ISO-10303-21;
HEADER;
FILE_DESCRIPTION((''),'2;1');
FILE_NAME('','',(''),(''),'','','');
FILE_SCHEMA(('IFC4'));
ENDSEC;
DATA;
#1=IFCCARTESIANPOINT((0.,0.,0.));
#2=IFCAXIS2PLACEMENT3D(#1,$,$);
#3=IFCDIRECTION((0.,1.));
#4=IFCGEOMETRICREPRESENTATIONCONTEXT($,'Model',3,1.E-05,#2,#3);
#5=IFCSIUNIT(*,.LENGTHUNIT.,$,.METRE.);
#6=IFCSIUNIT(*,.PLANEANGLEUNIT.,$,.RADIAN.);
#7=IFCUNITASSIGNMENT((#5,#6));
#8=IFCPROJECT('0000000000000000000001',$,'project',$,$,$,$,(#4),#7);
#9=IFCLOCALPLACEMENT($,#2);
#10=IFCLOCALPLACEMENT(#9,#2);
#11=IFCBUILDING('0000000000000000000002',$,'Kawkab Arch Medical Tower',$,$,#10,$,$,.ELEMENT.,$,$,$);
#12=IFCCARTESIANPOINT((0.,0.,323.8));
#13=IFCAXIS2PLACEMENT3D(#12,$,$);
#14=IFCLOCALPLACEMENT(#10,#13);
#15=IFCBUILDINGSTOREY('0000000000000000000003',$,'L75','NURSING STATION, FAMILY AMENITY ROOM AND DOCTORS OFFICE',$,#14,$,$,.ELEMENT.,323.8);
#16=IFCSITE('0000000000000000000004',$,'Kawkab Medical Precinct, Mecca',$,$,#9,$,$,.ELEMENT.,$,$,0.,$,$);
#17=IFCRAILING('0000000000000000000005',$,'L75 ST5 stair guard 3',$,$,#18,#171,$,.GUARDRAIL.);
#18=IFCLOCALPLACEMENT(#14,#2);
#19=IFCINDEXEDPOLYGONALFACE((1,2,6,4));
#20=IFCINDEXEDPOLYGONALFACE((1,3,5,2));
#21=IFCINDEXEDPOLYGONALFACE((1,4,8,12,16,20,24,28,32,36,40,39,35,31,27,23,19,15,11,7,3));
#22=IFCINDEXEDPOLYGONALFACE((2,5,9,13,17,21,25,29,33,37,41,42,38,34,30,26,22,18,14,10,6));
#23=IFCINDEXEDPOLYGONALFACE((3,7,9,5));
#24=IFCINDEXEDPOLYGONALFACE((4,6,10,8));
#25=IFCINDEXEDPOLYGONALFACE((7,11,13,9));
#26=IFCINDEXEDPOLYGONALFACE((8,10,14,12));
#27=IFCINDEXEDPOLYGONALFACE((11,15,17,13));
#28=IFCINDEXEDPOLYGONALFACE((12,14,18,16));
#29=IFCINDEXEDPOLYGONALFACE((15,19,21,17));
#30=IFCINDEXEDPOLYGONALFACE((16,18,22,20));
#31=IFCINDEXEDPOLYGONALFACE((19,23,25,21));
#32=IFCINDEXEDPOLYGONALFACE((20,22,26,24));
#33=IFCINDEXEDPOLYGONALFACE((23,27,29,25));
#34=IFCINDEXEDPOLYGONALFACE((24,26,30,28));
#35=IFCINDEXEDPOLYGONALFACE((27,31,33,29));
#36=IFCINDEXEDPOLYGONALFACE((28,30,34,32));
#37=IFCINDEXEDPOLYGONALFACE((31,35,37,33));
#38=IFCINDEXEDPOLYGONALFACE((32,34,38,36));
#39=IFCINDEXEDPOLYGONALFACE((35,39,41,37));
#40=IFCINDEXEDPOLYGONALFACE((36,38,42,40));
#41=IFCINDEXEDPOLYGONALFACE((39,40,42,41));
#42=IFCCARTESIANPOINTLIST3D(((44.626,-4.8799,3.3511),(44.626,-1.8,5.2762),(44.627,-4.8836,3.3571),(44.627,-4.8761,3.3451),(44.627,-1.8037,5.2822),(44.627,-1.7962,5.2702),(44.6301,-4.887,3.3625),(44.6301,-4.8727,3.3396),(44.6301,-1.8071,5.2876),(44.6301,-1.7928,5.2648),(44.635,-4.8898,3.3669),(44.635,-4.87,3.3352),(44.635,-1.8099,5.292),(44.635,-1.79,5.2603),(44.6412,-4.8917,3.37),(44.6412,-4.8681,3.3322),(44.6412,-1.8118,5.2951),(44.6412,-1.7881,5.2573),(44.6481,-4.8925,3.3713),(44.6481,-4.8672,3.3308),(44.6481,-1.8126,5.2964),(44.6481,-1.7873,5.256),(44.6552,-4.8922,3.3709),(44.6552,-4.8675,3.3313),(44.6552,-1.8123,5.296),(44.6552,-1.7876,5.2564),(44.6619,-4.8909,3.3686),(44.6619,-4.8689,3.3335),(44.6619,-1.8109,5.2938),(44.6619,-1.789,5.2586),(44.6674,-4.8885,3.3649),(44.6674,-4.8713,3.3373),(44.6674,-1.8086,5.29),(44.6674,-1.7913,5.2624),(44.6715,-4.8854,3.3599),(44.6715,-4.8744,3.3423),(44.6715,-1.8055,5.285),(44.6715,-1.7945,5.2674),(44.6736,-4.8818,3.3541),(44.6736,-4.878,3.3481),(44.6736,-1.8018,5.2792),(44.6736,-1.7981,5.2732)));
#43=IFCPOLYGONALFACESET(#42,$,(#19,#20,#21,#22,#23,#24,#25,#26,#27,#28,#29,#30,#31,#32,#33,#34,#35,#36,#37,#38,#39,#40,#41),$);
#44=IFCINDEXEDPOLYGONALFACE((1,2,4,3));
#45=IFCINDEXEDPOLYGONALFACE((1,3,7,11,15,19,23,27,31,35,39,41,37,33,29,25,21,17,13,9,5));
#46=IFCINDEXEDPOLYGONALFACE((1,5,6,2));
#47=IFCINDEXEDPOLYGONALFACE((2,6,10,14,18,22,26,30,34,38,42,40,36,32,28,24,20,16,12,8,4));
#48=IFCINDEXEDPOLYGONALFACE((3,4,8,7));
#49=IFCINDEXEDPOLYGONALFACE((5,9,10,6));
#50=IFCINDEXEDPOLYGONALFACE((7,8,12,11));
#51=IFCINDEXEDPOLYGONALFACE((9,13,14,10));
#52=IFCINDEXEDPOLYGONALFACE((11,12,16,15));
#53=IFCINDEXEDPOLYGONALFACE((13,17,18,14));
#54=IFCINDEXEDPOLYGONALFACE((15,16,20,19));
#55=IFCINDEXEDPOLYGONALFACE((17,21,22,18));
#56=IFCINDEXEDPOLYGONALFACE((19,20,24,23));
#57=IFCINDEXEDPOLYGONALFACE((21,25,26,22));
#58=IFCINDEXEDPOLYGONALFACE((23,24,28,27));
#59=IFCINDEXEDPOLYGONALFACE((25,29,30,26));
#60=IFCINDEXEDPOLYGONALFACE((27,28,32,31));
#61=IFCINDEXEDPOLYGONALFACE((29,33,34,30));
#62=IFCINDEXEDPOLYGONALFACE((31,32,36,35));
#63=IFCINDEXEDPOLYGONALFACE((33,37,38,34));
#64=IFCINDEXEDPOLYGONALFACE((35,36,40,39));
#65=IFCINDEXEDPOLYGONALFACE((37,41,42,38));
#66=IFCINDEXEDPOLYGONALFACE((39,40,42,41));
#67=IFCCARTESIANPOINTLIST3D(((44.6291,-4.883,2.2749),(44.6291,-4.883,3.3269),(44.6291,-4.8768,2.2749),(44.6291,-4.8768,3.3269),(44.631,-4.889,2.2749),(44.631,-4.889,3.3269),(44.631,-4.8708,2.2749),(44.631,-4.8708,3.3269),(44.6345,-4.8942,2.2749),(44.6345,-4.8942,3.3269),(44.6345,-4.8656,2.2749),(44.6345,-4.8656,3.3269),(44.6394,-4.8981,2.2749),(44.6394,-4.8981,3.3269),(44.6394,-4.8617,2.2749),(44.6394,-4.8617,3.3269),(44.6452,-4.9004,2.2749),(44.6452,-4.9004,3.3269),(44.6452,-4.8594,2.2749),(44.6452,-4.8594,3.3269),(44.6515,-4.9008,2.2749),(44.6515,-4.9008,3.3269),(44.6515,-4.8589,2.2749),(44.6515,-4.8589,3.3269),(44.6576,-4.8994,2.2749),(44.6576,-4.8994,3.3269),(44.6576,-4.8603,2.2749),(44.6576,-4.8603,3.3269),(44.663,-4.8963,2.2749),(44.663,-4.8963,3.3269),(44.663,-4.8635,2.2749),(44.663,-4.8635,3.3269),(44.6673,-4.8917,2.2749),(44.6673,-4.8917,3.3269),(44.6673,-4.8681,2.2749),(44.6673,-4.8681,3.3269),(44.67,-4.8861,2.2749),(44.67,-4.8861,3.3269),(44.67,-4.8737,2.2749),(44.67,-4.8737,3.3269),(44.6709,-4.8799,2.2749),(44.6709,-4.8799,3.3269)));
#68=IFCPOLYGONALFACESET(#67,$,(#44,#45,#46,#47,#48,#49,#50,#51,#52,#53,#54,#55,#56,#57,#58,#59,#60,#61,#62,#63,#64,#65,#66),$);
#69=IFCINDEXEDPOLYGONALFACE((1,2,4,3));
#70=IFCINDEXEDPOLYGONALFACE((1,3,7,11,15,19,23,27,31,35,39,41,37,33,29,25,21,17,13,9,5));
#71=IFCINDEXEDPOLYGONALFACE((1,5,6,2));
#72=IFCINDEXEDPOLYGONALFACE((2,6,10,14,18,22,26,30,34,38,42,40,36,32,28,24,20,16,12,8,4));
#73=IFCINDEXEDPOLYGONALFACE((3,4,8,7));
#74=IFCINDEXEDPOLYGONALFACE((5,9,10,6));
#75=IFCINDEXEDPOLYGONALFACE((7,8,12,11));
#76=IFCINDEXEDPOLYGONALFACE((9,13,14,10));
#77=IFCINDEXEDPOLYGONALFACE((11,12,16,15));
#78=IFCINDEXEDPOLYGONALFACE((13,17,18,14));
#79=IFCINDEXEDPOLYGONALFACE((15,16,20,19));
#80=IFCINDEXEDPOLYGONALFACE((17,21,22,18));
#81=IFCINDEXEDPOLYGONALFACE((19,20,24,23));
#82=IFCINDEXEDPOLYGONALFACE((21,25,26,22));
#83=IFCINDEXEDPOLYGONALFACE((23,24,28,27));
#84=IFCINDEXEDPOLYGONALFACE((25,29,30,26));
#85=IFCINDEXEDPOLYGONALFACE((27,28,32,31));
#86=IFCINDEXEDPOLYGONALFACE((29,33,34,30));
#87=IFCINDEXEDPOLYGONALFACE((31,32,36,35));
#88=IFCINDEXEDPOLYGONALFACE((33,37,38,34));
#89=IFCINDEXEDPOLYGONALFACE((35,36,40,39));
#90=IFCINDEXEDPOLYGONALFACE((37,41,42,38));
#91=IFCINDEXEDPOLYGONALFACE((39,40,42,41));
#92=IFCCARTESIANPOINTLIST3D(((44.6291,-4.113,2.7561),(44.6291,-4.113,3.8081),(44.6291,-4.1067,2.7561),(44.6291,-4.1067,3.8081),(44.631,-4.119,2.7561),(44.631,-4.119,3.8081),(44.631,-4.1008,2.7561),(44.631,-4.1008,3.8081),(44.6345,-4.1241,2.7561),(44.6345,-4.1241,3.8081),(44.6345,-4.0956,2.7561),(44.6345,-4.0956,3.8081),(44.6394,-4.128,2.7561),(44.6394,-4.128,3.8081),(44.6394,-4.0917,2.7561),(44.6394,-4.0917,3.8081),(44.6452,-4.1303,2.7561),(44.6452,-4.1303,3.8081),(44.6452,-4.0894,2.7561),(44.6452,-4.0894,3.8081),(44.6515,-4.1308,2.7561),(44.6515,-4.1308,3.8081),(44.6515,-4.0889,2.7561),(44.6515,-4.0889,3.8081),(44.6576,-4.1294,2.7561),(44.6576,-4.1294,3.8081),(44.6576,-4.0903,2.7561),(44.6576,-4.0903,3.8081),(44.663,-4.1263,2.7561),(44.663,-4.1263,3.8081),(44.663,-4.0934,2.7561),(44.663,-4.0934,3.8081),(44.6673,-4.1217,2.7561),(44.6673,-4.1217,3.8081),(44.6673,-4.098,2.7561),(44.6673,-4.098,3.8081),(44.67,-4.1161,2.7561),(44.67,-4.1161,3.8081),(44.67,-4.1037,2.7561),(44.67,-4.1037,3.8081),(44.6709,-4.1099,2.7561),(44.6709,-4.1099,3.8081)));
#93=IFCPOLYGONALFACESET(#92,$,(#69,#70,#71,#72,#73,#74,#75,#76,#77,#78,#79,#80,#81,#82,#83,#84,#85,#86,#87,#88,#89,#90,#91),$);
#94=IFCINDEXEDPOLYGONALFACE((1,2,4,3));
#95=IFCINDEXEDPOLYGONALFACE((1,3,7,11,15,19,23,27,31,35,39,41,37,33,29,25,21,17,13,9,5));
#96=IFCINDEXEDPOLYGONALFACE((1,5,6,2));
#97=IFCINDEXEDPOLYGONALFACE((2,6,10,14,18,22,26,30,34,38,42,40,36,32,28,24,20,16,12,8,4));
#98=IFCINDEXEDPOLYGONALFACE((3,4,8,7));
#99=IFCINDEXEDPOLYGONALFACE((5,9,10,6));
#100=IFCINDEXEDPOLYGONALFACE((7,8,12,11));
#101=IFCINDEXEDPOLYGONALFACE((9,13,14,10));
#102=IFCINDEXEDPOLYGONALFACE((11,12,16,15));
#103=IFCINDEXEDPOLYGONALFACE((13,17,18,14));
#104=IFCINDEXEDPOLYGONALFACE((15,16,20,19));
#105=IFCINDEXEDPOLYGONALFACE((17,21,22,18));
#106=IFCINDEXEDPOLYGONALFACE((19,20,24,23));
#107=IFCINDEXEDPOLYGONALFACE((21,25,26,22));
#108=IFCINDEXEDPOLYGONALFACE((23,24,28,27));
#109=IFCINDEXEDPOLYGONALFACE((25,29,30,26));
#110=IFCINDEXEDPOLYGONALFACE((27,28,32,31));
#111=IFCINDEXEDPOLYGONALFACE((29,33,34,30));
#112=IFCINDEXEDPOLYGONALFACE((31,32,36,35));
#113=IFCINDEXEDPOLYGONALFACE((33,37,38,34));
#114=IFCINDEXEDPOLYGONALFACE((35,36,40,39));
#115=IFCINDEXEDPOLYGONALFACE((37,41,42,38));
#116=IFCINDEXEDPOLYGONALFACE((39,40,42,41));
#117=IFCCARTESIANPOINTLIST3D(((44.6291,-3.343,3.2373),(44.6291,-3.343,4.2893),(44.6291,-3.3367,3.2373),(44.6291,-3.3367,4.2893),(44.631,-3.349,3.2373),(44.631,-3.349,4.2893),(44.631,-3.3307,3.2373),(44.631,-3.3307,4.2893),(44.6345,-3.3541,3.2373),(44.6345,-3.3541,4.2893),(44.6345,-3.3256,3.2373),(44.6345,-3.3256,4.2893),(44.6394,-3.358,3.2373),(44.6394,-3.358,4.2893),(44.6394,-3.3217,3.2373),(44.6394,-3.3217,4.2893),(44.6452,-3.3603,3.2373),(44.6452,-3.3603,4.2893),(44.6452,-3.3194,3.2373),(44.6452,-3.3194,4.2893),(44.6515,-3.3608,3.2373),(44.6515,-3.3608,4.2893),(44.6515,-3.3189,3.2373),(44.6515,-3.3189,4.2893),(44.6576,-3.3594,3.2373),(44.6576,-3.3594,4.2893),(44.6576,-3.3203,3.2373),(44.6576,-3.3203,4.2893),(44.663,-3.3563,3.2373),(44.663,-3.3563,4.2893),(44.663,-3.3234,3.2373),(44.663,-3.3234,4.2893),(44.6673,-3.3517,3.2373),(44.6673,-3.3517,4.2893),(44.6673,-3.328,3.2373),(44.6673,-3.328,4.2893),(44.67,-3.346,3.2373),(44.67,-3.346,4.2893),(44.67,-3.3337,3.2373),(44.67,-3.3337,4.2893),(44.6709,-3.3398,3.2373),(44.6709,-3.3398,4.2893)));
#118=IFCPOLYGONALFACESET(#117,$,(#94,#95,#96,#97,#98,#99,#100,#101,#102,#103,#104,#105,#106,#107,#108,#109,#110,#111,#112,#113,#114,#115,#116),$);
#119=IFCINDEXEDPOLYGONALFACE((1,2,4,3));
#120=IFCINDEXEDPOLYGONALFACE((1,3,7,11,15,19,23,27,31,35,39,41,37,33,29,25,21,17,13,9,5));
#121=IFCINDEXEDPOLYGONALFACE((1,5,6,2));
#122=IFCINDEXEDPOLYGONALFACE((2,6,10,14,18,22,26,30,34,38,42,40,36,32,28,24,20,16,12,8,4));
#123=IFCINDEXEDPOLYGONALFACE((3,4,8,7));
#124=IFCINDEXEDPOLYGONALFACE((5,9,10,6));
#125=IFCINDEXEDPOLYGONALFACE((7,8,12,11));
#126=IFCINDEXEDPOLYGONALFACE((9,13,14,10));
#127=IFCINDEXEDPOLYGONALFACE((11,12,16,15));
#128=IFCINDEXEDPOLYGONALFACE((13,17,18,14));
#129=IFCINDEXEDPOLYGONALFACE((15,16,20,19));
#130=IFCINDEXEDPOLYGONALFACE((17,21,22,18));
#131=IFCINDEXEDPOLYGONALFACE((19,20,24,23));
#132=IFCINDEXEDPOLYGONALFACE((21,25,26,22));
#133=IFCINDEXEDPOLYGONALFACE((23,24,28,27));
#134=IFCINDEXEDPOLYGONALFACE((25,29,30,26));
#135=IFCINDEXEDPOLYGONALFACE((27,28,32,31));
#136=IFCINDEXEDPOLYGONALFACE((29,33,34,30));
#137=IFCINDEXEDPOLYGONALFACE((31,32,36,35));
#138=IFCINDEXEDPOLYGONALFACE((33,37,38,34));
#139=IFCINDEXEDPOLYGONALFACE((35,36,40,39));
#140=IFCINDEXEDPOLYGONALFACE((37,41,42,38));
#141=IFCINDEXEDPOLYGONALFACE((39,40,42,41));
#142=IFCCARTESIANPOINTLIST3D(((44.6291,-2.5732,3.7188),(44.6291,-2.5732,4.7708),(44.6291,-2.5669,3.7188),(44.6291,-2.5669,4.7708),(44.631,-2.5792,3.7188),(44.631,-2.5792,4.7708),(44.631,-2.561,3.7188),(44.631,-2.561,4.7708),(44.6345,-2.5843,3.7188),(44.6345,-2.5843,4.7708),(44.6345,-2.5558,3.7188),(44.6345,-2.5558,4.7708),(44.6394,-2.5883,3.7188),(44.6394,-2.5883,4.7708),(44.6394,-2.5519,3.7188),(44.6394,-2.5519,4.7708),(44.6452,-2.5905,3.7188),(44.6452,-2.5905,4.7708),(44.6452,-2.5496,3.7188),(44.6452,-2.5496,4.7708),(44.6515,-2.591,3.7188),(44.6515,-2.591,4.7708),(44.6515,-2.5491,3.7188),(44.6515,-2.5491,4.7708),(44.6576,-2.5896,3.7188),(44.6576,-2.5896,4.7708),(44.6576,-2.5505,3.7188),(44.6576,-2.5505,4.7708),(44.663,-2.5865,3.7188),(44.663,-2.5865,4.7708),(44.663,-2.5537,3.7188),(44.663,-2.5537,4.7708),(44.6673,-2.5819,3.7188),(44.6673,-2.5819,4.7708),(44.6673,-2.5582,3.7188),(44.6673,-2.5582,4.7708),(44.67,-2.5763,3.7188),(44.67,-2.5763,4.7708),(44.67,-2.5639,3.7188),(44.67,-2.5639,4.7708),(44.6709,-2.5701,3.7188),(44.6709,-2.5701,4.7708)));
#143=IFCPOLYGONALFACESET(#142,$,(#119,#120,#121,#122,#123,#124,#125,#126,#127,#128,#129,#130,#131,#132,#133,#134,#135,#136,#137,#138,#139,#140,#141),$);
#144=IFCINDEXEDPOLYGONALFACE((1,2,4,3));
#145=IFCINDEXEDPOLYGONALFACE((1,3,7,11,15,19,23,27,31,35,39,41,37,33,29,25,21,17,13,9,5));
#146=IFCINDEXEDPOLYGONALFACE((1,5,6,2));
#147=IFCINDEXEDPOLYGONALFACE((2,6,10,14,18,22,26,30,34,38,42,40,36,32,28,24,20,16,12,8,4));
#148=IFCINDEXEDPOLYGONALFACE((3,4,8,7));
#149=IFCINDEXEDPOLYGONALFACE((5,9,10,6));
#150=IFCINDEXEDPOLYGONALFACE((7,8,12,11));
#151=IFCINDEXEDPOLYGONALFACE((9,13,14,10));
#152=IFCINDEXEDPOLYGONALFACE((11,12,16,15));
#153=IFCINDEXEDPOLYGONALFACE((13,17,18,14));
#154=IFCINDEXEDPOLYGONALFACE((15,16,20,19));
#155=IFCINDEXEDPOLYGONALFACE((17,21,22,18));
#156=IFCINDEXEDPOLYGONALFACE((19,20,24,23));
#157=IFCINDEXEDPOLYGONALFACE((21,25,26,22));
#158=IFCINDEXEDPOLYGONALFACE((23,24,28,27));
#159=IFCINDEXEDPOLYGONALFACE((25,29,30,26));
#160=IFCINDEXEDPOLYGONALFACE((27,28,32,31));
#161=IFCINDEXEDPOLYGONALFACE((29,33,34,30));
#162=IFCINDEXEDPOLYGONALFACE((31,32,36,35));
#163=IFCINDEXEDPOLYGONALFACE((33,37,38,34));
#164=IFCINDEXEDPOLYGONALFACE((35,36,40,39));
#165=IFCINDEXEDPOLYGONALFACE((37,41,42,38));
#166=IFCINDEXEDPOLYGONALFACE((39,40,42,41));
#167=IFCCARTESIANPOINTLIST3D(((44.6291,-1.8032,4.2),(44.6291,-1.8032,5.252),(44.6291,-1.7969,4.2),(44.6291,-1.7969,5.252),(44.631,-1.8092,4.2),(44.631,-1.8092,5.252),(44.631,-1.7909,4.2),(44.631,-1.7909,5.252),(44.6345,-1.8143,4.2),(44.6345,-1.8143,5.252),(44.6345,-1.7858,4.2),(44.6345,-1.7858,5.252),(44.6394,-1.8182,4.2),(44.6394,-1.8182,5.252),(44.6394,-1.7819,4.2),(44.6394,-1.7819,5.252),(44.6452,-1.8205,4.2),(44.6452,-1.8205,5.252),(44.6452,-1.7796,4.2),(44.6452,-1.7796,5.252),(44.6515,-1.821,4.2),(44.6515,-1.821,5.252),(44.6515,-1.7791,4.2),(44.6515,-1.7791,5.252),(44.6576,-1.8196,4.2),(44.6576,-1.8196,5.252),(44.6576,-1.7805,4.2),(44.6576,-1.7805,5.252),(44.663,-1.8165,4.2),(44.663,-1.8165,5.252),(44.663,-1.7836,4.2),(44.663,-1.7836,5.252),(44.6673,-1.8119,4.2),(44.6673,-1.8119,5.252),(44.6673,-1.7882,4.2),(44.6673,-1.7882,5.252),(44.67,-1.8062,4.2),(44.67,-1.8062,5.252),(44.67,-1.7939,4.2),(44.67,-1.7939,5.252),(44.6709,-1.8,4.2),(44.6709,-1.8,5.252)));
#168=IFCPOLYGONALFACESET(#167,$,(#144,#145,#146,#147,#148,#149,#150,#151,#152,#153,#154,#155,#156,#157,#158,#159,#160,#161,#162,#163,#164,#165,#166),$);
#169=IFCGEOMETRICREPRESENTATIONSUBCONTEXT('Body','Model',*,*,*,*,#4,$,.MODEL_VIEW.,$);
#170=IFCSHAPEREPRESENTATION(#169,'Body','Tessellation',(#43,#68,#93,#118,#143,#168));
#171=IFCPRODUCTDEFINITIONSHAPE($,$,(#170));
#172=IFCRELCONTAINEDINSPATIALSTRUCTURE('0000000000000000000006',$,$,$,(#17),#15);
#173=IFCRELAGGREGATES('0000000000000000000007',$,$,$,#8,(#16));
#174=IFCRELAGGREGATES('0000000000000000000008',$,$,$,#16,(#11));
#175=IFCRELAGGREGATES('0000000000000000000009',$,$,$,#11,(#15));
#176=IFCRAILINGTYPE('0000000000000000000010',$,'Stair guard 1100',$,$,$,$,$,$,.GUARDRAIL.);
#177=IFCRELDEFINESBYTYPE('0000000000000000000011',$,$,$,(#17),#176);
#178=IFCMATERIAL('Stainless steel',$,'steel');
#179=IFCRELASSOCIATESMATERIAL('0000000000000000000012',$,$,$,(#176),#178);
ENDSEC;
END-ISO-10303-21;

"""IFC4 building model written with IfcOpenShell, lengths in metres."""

from ifc_helpers import new_model, si_unit, direction, frame, origin, origin_2d, place, context, subcontext, project, spatial, circle, extrude, material, type_object, element, save


model = new_model("IFC4")

# Units and contexts
model_context = context("Model", 3, precision=1e-05, world=origin(), true_north=direction((0.0, 1.0)))
body_context = subcontext(model_context, "Body", "Model", "MODEL_VIEW")
ifc_project = project(units=[si_unit("LENGTHUNIT", "METRE"), si_unit("PLANEANGLEUNIT", "RADIAN")], contexts=[model_context])

# Site, building, storey
site_placement = place(None, origin())
site = spatial("IfcSite", under=ifc_project, at=site_placement, Name="Kawkab Medical Precinct, Mecca", CompositionType="ELEMENT", RefElevation=0.0)
building_placement = place(site_placement, origin())
building = spatial("IfcBuilding", under=site, at=building_placement, Name="Kawkab Arch Medical Tower", CompositionType="ELEMENT")
storey_placement = place(building_placement, frame((0.0, 0.0, 323.8)))
storey = spatial("IfcBuildingStorey", under=building, at=storey_placement, Name="L75", Description="NURSING STATION, FAMILY AMENITY ROOM AND DOCTORS OFFICE", CompositionType="ELEMENT", Elevation=323.8)

# Railing
ifc_material_1 = material(Name="Stainless steel", Category="steel")
railing_type = type_object("IfcRailingType", Name="Stair guard 1100", PredefinedType="GUARDRAIL", material=ifc_material_1)
railing_1_placement = place(storey_placement, frame((44.6499, -4.8799, 2.2749)))
element("IfcRailing", 1, at=railing_1_placement, inside=storey, type_object=railing_type, Name="L75 ST5 stair guard 3", PredefinedType="GUARDRAIL", context=body_context, shape_type="SweptSolid", body=[
    extrude(circle(Radius=0.0239, at=origin_2d()), frame((0.0, 0.0, 1.0762), z_axis=(0.0, 0.847979, 0.530029), x_axis=(-1.0, 0.0, 0.0)), (0.0, 0.0, 1.0), 3.6321),
    extrude(circle(Radius=0.021, at=origin_2d()), origin(), (0.0, 0.0, 1.0), 1.052),
    extrude(circle(Radius=0.021, at=origin_2d()), frame((0.0, 0.77, 0.4812)), (0.0, 0.0, 1.0), 1.052),
    extrude(circle(Radius=0.021, at=origin_2d()), frame((0.0, 1.54, 0.9624)), (0.0, 0.0, 1.0), 1.052),
    extrude(circle(Radius=0.021, at=origin_2d()), frame((0.0, 2.3098, 1.4438)), (0.0, 0.0, 1.0), 1.052),
    extrude(circle(Radius=0.021, at=origin_2d()), frame((0.0, 3.0798, 1.925)), (0.0, 0.0, 1.0), 1.052),
])

save(model, "model.ifc")
